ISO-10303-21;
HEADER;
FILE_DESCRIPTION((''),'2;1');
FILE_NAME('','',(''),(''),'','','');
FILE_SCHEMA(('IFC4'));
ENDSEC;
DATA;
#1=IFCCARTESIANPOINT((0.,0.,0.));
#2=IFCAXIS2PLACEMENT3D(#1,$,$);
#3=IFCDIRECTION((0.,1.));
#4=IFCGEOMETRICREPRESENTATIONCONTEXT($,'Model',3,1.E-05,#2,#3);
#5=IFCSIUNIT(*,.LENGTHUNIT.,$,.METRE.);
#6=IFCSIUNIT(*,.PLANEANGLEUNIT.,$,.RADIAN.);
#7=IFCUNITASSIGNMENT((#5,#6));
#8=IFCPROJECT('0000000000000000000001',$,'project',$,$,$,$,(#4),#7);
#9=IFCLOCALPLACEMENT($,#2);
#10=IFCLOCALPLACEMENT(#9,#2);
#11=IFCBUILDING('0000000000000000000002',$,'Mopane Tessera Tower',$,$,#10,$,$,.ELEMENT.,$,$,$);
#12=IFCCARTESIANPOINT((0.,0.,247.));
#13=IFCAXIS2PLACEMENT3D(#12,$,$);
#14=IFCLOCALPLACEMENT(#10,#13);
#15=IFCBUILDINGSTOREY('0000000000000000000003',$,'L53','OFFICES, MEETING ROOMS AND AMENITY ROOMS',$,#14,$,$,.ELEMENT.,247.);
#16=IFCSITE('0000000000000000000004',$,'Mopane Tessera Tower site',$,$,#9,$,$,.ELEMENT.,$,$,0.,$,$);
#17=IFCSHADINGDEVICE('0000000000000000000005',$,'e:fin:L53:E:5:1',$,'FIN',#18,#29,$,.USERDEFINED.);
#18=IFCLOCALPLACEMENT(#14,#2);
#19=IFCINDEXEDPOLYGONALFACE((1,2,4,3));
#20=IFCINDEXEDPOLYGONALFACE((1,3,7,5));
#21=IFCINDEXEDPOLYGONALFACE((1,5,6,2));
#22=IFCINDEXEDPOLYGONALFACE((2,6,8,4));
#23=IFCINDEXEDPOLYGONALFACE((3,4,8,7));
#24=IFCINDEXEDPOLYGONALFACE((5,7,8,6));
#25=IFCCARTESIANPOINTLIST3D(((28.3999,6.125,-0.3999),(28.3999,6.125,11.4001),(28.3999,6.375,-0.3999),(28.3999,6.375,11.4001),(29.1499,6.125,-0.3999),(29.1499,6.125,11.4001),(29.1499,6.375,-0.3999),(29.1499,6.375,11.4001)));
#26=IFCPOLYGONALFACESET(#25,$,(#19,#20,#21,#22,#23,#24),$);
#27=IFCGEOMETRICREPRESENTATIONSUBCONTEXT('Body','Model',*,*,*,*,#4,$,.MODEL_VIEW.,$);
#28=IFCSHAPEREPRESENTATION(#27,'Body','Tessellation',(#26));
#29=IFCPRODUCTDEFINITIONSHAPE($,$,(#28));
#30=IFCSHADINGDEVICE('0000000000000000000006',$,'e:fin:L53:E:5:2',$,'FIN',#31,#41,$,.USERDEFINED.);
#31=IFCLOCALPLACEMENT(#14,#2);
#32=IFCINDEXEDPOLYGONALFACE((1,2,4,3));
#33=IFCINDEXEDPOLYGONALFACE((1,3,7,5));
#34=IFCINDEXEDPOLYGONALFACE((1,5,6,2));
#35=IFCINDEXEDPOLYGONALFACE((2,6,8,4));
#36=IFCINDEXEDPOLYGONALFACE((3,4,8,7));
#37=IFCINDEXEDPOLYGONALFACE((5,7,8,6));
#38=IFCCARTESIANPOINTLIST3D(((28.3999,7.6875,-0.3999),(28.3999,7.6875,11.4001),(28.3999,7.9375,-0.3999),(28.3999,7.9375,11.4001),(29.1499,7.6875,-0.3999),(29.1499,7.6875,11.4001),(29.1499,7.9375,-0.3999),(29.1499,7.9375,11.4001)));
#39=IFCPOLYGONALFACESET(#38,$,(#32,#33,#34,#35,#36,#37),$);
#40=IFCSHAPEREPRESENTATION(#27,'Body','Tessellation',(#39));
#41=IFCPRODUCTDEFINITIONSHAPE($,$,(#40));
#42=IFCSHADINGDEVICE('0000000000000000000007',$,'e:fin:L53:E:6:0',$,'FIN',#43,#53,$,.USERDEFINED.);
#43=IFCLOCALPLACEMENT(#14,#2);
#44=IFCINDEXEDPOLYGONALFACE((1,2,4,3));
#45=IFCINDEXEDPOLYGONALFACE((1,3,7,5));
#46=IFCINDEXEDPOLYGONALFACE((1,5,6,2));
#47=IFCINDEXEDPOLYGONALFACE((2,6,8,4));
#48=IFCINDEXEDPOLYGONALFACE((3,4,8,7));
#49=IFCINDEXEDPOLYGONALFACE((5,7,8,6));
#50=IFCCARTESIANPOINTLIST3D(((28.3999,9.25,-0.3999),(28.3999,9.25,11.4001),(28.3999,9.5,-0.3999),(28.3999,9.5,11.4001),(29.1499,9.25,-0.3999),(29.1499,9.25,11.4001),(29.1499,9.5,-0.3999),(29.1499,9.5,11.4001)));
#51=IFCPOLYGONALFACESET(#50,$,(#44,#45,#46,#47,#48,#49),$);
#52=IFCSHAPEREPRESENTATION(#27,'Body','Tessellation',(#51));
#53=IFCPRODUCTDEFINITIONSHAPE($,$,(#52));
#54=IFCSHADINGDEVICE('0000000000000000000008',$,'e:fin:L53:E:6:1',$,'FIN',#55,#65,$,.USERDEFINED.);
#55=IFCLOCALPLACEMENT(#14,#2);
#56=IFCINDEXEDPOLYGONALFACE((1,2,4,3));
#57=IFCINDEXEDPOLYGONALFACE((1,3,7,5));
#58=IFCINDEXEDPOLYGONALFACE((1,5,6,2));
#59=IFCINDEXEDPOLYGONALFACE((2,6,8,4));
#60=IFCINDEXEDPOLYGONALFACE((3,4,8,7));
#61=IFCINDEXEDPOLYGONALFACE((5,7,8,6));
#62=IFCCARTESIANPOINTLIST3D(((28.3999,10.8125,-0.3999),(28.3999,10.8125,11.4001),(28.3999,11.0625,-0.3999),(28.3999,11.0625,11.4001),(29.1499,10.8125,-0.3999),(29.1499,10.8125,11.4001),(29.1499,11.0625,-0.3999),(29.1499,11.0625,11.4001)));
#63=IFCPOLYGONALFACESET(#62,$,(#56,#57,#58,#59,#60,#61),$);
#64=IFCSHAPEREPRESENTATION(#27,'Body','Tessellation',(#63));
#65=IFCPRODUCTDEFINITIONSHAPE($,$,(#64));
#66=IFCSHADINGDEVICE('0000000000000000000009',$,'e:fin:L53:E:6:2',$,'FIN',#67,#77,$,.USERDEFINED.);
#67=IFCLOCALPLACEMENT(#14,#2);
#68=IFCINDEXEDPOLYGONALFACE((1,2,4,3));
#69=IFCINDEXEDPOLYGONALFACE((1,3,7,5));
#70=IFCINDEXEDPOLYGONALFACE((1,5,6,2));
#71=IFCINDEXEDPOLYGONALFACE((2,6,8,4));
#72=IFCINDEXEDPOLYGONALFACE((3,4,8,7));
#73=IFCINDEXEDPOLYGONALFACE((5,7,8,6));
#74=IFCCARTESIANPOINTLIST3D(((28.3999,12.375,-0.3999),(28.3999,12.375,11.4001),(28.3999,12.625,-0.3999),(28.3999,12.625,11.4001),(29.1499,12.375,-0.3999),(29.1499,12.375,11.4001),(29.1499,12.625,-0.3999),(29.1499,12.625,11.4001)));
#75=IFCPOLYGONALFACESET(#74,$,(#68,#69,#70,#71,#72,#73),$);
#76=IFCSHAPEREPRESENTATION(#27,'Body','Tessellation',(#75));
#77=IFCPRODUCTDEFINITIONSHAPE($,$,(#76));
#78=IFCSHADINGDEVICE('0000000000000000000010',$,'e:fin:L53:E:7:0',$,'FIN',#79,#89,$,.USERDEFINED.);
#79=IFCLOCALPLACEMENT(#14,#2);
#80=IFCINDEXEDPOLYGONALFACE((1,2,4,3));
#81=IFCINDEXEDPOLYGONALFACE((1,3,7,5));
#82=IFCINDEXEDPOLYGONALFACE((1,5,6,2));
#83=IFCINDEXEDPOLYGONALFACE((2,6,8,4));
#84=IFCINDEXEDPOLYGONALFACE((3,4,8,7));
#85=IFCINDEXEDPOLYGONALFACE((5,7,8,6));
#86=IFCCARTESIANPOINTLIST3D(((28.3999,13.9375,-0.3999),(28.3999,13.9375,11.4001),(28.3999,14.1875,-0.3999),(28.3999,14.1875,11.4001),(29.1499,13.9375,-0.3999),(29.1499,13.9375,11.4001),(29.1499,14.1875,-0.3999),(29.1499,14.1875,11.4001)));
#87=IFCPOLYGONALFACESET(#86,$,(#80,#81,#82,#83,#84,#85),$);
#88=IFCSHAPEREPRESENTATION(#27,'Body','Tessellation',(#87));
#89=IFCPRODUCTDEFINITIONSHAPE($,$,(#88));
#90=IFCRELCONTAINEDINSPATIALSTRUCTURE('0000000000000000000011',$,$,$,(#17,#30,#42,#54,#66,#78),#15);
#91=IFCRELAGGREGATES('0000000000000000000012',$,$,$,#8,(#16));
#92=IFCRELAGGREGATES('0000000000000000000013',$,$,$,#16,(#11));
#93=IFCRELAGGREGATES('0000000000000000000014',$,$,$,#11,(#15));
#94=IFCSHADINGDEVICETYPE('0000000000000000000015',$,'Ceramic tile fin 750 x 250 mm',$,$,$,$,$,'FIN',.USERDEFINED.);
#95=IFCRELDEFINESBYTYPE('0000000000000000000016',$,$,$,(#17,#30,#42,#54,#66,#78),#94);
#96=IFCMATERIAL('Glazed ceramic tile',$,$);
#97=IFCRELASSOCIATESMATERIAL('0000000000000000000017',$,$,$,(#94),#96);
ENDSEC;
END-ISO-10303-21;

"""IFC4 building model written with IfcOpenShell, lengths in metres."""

from ifc_helpers import new_model, si_unit, direction, frame, origin, origin_2d, place, context, subcontext, project, spatial, rectangle, extrude, material, type_object, element, save


model = new_model("IFC4")

# Units and contexts
model_context = context("Model", 3, precision=1e-05, world=origin(), true_north=direction((0.0, 1.0)))
body_context = subcontext(model_context, "Body", "Model", "MODEL_VIEW")
ifc_project = project(units=[si_unit("LENGTHUNIT", "METRE"), si_unit("PLANEANGLEUNIT", "RADIAN")], contexts=[model_context])

# Site, building, storey
site_placement = place(None, origin())
site = spatial("IfcSite", under=ifc_project, at=site_placement, Name="Mopane Tessera Tower site", CompositionType="ELEMENT", RefElevation=0.0)
building_placement = place(site_placement, origin())
building = spatial("IfcBuilding", under=site, at=building_placement, Name="Mopane Tessera Tower", CompositionType="ELEMENT")
storey_placement = place(building_placement, frame((0.0, 0.0, 247.0)))
storey = spatial("IfcBuildingStorey", under=building, at=storey_placement, Name="L53", Description="OFFICES, MEETING ROOMS AND AMENITY ROOMS", CompositionType="ELEMENT", Elevation=247.0)

# Shading devices
ifc_material_1 = material(Name="Glazed ceramic tile")
shading_device_type = type_object("IfcShadingDeviceType", Name="Ceramic tile fin 750 x 250 mm", ElementType="FIN", PredefinedType="USERDEFINED", material=ifc_material_1)
for number, where, z_axis, x_axis, name in (
    (1, (28.7749, 6.25, -0.3999), (0.0, 0.0, 1.0), (0.0, 1.0, 0.0), "e:fin:L53:E:5:1"),
    (2, (28.7749, 7.8125, -0.3999), (0.0, 0.0, 1.0), (0.0, 1.0, 0.0), "e:fin:L53:E:5:2"),
    (3, (28.7749, 9.375, -0.3999), (0.0, 0.0, 1.0), (0.0, 1.0, 0.0), "e:fin:L53:E:6:0"),
    (4, (28.7749, 10.9375, -0.3999), (0.0, 0.0, 1.0), (0.0, 1.0, 0.0), "e:fin:L53:E:6:1"),
    (5, (28.7749, 12.5, -0.3999), (0.0, 0.0, 1.0), (0.0, 1.0, 0.0), "e:fin:L53:E:6:2"),
    (6, (28.7749, 14.0625, -0.3999), (0.0, 0.0, 1.0), (0.0, 1.0, 0.0), "e:fin:L53:E:7:0"),
):
    element("IfcShadingDevice", number, at=place(storey_placement, frame(where, z_axis=z_axis, x_axis=x_axis)), inside=storey, type_object=shading_device_type, Name=name, ObjectType="FIN", PredefinedType="USERDEFINED", context=body_context, shape_type="SweptSolid", body=[
        extrude(rectangle(XDim=0.25, YDim=0.75, at=origin_2d()), origin(), (0.0, 0.0, 1.0), 11.8),
    ])

save(model, "model.ifc")
